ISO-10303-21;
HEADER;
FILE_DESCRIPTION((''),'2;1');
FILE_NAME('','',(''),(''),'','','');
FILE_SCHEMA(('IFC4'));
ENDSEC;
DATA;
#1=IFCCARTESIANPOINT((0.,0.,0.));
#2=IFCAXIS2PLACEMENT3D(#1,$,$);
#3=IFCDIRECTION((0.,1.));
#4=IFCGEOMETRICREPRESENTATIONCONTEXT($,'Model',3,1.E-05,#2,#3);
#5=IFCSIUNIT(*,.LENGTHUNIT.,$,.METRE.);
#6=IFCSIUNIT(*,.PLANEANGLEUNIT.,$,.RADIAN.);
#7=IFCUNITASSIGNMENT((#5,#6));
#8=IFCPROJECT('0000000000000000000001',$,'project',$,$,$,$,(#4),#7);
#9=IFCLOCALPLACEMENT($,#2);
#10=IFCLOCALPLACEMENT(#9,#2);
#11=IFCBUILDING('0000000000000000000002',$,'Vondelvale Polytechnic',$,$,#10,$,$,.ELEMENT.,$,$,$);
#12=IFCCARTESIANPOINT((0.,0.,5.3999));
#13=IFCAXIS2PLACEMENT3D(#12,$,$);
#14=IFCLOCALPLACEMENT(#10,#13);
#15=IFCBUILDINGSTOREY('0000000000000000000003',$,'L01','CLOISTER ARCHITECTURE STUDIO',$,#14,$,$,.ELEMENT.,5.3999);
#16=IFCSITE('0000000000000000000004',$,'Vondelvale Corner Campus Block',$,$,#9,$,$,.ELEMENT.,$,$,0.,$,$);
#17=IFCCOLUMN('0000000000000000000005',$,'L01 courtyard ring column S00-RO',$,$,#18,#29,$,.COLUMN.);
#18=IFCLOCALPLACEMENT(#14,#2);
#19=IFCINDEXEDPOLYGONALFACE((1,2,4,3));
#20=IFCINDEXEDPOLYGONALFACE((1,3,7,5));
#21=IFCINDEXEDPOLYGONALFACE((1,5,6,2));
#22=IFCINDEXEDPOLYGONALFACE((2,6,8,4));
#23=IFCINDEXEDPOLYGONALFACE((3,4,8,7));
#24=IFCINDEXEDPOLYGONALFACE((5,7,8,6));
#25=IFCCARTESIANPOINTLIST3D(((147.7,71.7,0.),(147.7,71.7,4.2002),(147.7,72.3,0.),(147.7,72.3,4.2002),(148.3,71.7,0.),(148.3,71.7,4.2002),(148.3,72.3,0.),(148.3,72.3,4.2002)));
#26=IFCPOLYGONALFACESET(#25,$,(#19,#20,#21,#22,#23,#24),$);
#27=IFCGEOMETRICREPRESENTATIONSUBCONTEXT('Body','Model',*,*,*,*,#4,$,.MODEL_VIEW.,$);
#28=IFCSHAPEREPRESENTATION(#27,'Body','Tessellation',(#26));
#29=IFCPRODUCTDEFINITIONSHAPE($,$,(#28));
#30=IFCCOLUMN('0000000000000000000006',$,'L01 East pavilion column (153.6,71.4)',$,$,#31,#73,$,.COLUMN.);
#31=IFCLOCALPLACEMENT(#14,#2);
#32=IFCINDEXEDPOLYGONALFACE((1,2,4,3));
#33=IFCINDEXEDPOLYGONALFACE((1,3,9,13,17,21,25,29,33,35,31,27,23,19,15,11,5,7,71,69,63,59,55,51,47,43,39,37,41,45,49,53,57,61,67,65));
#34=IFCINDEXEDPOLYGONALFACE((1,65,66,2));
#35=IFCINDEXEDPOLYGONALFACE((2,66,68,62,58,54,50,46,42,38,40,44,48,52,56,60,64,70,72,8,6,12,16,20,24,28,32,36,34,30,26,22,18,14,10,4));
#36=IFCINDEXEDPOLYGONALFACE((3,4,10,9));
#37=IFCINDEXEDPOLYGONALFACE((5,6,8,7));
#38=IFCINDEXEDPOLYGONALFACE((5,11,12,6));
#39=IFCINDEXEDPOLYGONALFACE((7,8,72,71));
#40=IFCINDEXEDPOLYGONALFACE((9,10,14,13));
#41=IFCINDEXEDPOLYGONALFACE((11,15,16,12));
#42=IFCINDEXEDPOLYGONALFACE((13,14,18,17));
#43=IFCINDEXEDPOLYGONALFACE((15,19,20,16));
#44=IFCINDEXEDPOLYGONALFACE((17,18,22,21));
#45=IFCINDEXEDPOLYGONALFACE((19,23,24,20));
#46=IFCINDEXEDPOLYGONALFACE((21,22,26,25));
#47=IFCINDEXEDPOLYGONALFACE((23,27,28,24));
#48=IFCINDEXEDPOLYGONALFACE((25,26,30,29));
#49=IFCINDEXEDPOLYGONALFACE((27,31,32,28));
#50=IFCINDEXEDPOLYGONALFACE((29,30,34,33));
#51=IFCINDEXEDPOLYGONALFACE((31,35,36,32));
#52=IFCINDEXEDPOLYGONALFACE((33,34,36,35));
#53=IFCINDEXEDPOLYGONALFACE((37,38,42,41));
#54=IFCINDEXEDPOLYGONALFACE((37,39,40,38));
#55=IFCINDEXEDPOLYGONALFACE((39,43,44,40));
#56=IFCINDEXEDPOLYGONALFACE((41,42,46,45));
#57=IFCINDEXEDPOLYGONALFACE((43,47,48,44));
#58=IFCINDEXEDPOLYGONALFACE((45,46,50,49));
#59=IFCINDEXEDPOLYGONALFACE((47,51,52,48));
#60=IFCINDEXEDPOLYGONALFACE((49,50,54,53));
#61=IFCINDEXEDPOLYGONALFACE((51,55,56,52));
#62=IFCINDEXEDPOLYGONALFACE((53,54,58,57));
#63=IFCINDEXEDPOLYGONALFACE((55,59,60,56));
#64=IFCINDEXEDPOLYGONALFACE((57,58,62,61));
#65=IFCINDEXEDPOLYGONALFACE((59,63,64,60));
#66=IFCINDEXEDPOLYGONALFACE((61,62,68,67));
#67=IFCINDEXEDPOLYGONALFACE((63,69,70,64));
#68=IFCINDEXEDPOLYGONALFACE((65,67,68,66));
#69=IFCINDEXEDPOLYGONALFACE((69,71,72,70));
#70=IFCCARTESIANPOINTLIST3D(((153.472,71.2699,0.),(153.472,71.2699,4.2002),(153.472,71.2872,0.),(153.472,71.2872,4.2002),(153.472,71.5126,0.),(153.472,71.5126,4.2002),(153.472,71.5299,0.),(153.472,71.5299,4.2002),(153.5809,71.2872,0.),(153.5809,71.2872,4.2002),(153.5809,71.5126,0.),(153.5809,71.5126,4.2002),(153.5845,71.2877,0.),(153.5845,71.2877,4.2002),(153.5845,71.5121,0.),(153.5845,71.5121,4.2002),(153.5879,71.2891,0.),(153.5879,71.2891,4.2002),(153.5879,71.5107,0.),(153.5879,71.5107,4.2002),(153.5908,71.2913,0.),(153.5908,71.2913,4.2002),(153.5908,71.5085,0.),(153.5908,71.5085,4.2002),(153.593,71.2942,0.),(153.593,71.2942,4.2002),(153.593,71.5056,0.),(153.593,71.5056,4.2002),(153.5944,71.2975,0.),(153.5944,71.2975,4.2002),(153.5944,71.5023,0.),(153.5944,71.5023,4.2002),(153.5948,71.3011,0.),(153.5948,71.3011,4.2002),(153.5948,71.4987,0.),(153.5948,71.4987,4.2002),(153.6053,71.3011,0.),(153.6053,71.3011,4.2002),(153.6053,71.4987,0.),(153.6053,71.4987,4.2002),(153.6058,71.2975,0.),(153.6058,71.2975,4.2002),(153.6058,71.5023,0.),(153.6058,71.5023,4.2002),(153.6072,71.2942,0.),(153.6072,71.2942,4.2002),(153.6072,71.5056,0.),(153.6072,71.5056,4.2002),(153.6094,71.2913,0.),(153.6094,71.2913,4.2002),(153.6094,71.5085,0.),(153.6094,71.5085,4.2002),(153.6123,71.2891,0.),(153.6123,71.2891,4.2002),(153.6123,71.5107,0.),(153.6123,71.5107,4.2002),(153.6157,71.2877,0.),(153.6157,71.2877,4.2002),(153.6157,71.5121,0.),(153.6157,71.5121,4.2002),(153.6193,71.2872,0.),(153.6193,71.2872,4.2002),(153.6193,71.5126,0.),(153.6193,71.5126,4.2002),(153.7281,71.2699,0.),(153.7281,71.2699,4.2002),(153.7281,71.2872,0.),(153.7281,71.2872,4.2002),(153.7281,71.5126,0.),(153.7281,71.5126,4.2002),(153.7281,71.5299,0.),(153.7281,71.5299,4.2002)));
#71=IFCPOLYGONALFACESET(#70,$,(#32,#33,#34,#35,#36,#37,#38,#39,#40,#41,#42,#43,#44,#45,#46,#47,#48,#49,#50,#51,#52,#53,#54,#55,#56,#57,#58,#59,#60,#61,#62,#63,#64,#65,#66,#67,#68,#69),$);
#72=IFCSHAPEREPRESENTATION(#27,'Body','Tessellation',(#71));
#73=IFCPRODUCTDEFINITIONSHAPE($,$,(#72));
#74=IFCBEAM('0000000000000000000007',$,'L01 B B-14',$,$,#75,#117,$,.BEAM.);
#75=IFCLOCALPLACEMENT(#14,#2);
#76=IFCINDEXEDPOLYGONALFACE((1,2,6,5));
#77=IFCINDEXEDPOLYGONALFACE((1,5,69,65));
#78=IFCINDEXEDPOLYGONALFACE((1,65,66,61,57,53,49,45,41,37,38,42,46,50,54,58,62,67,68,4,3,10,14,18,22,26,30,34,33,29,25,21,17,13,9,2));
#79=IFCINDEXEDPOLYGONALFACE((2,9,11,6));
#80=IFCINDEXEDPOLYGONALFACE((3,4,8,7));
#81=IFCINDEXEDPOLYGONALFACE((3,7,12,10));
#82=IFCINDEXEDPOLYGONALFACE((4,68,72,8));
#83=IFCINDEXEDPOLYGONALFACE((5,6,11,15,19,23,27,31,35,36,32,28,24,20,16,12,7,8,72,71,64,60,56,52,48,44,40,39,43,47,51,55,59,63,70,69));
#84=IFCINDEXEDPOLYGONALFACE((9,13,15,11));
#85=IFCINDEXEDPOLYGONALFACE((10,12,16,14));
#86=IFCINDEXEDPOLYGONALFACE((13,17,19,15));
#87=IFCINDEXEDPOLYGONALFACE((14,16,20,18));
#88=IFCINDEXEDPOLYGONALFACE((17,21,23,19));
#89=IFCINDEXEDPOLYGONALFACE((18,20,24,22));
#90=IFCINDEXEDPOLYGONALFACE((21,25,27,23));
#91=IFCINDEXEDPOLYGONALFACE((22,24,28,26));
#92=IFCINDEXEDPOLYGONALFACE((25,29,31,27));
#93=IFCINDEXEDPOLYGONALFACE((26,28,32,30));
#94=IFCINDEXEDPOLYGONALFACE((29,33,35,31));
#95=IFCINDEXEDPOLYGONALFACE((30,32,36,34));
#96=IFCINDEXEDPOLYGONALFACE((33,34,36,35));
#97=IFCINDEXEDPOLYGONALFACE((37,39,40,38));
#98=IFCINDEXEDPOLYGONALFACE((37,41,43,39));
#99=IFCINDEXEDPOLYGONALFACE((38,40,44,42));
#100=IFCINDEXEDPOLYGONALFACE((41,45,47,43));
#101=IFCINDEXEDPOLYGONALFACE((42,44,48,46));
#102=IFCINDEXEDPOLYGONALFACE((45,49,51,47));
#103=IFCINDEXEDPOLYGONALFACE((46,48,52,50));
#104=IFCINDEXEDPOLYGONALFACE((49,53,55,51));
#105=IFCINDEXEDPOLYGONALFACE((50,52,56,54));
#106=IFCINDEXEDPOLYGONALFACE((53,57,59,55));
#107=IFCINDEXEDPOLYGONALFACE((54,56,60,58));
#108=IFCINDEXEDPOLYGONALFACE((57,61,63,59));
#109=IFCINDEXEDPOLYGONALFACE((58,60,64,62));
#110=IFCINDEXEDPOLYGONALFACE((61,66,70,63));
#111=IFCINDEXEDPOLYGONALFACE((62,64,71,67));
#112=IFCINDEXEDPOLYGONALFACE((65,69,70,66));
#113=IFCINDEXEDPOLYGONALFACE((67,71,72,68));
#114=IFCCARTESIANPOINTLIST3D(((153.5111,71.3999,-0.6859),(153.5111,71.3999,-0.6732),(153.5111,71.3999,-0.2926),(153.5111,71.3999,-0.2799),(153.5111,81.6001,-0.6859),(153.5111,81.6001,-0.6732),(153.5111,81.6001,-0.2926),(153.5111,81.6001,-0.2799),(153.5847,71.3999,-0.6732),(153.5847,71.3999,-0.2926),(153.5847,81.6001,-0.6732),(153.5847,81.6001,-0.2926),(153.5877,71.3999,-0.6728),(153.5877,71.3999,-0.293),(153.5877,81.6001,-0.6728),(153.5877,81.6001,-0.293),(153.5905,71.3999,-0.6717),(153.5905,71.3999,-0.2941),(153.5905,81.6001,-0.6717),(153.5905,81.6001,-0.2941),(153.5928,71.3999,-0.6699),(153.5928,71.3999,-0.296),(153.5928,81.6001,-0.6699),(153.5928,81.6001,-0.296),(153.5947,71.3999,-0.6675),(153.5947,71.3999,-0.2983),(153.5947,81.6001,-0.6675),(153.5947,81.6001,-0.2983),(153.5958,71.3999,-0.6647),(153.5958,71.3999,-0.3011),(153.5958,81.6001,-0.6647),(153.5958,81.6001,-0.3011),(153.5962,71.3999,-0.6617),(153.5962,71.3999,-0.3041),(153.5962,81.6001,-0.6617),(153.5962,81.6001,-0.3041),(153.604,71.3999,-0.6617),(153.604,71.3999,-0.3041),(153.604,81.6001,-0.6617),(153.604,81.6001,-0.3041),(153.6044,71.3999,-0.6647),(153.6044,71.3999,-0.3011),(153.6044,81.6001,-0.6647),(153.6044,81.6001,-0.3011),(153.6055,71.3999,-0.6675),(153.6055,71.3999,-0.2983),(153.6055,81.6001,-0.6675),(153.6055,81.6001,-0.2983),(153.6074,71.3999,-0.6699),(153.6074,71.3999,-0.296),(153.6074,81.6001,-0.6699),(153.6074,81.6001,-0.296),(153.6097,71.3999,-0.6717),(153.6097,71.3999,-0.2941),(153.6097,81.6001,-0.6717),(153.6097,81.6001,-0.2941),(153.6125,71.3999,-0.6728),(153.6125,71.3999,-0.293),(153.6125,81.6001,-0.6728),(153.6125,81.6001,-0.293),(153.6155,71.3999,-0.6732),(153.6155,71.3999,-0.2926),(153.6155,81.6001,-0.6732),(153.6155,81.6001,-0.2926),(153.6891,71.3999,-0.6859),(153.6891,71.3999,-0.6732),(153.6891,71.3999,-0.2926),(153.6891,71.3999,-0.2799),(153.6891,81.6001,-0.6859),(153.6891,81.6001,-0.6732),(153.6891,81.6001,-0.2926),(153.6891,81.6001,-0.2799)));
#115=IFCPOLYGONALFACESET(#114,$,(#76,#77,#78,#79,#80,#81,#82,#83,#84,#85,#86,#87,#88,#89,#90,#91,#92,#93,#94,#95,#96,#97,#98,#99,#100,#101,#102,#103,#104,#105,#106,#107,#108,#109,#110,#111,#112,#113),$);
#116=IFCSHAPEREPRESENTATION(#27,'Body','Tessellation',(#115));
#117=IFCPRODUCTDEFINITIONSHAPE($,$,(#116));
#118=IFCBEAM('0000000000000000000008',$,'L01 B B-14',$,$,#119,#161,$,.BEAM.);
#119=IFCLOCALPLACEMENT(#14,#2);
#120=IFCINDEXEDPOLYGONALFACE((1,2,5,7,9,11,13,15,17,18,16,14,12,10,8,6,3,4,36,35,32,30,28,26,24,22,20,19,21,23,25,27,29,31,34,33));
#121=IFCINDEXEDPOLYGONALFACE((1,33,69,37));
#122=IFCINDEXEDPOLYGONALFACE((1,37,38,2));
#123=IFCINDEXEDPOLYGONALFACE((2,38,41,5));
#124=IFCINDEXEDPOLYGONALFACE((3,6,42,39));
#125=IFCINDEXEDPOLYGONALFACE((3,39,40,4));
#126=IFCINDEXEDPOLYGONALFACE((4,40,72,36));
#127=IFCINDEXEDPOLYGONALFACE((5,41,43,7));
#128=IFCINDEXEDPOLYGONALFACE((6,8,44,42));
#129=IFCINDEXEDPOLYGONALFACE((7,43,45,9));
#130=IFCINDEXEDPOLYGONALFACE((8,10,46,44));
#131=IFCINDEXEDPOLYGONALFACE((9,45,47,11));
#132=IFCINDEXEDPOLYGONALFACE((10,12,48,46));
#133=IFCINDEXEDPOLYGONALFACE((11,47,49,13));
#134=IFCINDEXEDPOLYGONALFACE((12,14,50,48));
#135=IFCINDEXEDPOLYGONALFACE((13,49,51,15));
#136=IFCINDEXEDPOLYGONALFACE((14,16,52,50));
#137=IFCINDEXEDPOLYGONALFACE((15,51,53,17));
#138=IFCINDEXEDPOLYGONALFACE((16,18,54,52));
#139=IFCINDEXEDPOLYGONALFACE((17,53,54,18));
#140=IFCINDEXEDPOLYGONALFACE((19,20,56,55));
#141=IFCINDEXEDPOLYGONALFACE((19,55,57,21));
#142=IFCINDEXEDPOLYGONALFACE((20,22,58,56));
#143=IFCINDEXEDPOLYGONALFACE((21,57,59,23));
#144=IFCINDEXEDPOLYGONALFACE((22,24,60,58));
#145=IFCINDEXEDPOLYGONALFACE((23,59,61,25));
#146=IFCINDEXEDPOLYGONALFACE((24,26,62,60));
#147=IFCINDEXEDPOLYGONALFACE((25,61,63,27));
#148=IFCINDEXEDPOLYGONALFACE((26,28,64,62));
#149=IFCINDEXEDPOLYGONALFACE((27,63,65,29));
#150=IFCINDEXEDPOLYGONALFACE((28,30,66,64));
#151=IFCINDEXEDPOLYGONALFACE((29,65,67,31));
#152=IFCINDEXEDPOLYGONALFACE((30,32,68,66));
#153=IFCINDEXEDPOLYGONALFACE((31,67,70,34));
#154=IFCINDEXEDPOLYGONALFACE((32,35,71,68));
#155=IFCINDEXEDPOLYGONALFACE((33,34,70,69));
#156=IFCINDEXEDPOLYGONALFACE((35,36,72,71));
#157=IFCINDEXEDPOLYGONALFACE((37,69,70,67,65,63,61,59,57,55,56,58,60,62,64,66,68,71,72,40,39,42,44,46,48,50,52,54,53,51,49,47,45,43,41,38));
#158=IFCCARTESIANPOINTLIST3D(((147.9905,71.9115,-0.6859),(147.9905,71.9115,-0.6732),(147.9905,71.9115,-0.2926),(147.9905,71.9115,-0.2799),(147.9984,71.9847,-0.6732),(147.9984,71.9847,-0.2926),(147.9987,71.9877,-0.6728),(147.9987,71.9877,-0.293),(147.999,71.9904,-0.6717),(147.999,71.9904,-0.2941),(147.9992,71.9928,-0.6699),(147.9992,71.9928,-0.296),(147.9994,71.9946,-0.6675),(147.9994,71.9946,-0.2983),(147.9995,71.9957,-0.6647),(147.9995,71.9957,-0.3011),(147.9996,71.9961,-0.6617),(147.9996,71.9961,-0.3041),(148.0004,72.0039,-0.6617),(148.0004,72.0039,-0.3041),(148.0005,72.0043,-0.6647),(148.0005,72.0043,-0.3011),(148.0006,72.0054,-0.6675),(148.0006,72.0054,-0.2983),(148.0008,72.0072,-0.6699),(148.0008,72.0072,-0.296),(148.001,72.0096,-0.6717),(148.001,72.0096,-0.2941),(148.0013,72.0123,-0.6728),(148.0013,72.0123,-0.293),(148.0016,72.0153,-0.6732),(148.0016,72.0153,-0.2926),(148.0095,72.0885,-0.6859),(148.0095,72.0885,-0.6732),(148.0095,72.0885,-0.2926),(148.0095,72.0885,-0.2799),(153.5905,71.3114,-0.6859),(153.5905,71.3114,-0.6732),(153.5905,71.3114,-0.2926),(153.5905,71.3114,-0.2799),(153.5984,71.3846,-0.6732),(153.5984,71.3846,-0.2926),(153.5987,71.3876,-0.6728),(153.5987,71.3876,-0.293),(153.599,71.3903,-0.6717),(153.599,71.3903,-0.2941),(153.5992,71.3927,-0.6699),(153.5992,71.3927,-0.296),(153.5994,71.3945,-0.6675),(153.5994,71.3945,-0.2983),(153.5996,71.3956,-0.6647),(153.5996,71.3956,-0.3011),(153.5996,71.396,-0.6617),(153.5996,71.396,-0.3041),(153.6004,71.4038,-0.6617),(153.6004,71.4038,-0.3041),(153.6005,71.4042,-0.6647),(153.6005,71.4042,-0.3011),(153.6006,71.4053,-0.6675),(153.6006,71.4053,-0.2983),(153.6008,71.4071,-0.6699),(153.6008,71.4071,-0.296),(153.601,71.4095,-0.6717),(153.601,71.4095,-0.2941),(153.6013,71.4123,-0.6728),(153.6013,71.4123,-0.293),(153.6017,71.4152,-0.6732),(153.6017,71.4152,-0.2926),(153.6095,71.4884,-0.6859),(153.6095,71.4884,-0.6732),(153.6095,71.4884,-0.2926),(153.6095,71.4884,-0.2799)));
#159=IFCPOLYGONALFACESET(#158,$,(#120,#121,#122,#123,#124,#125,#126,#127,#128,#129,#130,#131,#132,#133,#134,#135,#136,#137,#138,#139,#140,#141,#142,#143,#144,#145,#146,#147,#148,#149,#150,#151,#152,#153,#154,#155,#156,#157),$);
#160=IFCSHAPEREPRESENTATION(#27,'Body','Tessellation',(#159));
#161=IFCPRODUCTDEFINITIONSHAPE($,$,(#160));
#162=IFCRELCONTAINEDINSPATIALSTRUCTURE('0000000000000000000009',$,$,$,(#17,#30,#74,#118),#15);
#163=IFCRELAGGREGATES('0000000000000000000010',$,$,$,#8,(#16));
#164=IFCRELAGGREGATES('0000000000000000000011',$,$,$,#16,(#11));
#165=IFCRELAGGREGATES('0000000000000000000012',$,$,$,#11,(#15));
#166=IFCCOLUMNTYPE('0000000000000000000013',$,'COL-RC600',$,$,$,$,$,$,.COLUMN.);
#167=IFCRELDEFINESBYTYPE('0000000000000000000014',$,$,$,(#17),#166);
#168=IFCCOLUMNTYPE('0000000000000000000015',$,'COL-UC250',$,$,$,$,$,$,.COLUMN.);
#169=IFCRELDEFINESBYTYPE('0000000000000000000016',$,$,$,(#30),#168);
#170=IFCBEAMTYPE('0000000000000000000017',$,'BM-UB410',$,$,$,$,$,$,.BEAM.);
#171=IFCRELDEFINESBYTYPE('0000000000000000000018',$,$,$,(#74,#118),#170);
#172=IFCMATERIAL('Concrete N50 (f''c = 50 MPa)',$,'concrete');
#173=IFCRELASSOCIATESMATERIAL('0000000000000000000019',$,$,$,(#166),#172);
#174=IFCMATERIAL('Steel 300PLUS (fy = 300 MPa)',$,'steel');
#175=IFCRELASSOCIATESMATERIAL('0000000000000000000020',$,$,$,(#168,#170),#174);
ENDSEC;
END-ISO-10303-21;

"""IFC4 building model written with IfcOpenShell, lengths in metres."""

from ifc_helpers import new_model, si_unit, direction, frame, origin, origin_2d, place, context, subcontext, project, spatial, rectangle, i_section, extrude, material, material_profile, profile_set, type_object, element, save


model = new_model("IFC4")

# Units and contexts
model_context = context("Model", 3, precision=1e-05, world=origin(), true_north=direction((0.0, 1.0)))
body_context = subcontext(model_context, "Body", "Model", "MODEL_VIEW")
ifc_project = project(units=[si_unit("LENGTHUNIT", "METRE"), si_unit("PLANEANGLEUNIT", "RADIAN")], contexts=[model_context])

# Site, building, storey
site_placement = place(None, origin())
site = spatial("IfcSite", under=ifc_project, at=site_placement, Name="Vondelvale Corner Campus Block", CompositionType="ELEMENT", RefElevation=0.0)
building_placement = place(site_placement, origin())
building = spatial("IfcBuilding", under=site, at=building_placement, Name="Vondelvale Polytechnic", CompositionType="ELEMENT")
storey_placement = place(building_placement, frame((0.0, 0.0, 5.3999)))
storey = spatial("IfcBuildingStorey", under=building, at=storey_placement, Name="L01", Description="CLOISTER ARCHITECTURE STUDIO", CompositionType="ELEMENT", Elevation=5.3999)

# Columns
ifc_material_1 = material(Name="Concrete N50 (f'c = 50 MPa)", Category="concrete")
ifc_material_profile_1 = material_profile(ifc_material_1, rectangle(XDim=0.6001, YDim=0.6001, at=origin_2d()), Name="RC-COL-600x600")
ifc_profile_set_1 = profile_set([ifc_material_profile_1], Name="Concrete N50 (f'c = 50 MPa)")
column_type_1 = type_object("IfcColumnType", Name="COL-RC600", PredefinedType="COLUMN", material=ifc_profile_set_1)
column_1_placement = place(storey_placement, frame((148.0, 72.0, 0.0), z_axis=(0.0, 0.0, 1.0), x_axis=(1.0, 0.0, 0.0)))
element("IfcColumn", 1, at=column_1_placement, inside=storey, type_object=column_type_1, Name="L01 courtyard ring column S00-RO", PredefinedType="COLUMN", context=body_context, shape_type="SweptSolid", body=[
    extrude(rectangle(XDim=0.6001, YDim=0.6001, at=origin_2d()), origin(), (0.0, 0.0, 1.0), 4.2002),
])
ifc_material_2 = material(Name="Steel 300PLUS (fy = 300 MPa)", Category="steel")
ifc_material_profile_2 = material_profile(ifc_material_2, i_section(OverallWidth=0.2561, OverallDepth=0.26, WebThickness=0.0105, FlangeThickness=0.0173, FilletRadius=0.0139, at=origin_2d()), Name="250UC89.5")
ifc_profile_set_2 = profile_set([ifc_material_profile_2], Name="Steel 300PLUS (fy = 300 MPa)")
column_type_2 = type_object("IfcColumnType", Name="COL-UC250", PredefinedType="COLUMN", material=ifc_profile_set_2)
column_2_placement = place(storey_placement, frame((153.6001, 71.3999, 0.0), z_axis=(0.0, 0.0, 1.0), x_axis=(1.0, 0.0, 0.0)))
element("IfcColumn", 2, at=column_2_placement, inside=storey, type_object=column_type_2, Name="L01 East pavilion column (153.6,71.4)", PredefinedType="COLUMN", context=body_context, shape_type="SweptSolid", body=[
    extrude(i_section(OverallWidth=0.2561, OverallDepth=0.26, WebThickness=0.0105, FlangeThickness=0.0173, FilletRadius=0.0139, at=origin_2d()), origin(), (0.0, 0.0, 1.0), 4.2002),
])

# Beams
ifc_material_profile_3 = material_profile(ifc_material_2, i_section(OverallWidth=0.178, OverallDepth=0.406, WebThickness=0.0078, FlangeThickness=0.0127, FilletRadius=0.0115, at=origin_2d()), Name="410UB59.7")
ifc_profile_set_3 = profile_set([ifc_material_profile_3], Name="Steel 300PLUS (fy = 300 MPa)")
beam_type_1 = type_object("IfcBeamType", Name="BM-UB410", PredefinedType="BEAM", material=ifc_profile_set_3)
beam_1_placement = place(storey_placement, frame((153.6001, 71.3999, -0.4829), z_axis=(0.0, 1.0, 0.0), x_axis=(-1.0, 0.0, 0.0)))
element("IfcBeam", 3, at=beam_1_placement, inside=storey, type_object=beam_type_1, Name="L01 B B-14", PredefinedType="BEAM", context=body_context, shape_type="SweptSolid", body=[
    extrude(i_section(OverallWidth=0.178, OverallDepth=0.406, WebThickness=0.0078, FlangeThickness=0.0127, FilletRadius=0.0115, at=origin_2d()), origin(), (0.0, 0.0, 1.0), 10.2002),
])
beam_2_placement = place(storey_placement, frame((148.0, 72.0, -0.4829), z_axis=(0.994308, -0.106548, 0.0), x_axis=(0.106548, 0.994308, 0.0)))
element("IfcBeam", 4, at=beam_2_placement, inside=storey, type_object=beam_type_1, Name="L01 B B-14", PredefinedType="BEAM", context=body_context, shape_type="SweptSolid", body=[
    extrude(i_section(OverallWidth=0.178, OverallDepth=0.406, WebThickness=0.0078, FlangeThickness=0.0127, FilletRadius=0.0115, at=origin_2d()), origin(), (0.0, 0.0, 1.0), 5.6321),
])

save(model, "model.ifc")
